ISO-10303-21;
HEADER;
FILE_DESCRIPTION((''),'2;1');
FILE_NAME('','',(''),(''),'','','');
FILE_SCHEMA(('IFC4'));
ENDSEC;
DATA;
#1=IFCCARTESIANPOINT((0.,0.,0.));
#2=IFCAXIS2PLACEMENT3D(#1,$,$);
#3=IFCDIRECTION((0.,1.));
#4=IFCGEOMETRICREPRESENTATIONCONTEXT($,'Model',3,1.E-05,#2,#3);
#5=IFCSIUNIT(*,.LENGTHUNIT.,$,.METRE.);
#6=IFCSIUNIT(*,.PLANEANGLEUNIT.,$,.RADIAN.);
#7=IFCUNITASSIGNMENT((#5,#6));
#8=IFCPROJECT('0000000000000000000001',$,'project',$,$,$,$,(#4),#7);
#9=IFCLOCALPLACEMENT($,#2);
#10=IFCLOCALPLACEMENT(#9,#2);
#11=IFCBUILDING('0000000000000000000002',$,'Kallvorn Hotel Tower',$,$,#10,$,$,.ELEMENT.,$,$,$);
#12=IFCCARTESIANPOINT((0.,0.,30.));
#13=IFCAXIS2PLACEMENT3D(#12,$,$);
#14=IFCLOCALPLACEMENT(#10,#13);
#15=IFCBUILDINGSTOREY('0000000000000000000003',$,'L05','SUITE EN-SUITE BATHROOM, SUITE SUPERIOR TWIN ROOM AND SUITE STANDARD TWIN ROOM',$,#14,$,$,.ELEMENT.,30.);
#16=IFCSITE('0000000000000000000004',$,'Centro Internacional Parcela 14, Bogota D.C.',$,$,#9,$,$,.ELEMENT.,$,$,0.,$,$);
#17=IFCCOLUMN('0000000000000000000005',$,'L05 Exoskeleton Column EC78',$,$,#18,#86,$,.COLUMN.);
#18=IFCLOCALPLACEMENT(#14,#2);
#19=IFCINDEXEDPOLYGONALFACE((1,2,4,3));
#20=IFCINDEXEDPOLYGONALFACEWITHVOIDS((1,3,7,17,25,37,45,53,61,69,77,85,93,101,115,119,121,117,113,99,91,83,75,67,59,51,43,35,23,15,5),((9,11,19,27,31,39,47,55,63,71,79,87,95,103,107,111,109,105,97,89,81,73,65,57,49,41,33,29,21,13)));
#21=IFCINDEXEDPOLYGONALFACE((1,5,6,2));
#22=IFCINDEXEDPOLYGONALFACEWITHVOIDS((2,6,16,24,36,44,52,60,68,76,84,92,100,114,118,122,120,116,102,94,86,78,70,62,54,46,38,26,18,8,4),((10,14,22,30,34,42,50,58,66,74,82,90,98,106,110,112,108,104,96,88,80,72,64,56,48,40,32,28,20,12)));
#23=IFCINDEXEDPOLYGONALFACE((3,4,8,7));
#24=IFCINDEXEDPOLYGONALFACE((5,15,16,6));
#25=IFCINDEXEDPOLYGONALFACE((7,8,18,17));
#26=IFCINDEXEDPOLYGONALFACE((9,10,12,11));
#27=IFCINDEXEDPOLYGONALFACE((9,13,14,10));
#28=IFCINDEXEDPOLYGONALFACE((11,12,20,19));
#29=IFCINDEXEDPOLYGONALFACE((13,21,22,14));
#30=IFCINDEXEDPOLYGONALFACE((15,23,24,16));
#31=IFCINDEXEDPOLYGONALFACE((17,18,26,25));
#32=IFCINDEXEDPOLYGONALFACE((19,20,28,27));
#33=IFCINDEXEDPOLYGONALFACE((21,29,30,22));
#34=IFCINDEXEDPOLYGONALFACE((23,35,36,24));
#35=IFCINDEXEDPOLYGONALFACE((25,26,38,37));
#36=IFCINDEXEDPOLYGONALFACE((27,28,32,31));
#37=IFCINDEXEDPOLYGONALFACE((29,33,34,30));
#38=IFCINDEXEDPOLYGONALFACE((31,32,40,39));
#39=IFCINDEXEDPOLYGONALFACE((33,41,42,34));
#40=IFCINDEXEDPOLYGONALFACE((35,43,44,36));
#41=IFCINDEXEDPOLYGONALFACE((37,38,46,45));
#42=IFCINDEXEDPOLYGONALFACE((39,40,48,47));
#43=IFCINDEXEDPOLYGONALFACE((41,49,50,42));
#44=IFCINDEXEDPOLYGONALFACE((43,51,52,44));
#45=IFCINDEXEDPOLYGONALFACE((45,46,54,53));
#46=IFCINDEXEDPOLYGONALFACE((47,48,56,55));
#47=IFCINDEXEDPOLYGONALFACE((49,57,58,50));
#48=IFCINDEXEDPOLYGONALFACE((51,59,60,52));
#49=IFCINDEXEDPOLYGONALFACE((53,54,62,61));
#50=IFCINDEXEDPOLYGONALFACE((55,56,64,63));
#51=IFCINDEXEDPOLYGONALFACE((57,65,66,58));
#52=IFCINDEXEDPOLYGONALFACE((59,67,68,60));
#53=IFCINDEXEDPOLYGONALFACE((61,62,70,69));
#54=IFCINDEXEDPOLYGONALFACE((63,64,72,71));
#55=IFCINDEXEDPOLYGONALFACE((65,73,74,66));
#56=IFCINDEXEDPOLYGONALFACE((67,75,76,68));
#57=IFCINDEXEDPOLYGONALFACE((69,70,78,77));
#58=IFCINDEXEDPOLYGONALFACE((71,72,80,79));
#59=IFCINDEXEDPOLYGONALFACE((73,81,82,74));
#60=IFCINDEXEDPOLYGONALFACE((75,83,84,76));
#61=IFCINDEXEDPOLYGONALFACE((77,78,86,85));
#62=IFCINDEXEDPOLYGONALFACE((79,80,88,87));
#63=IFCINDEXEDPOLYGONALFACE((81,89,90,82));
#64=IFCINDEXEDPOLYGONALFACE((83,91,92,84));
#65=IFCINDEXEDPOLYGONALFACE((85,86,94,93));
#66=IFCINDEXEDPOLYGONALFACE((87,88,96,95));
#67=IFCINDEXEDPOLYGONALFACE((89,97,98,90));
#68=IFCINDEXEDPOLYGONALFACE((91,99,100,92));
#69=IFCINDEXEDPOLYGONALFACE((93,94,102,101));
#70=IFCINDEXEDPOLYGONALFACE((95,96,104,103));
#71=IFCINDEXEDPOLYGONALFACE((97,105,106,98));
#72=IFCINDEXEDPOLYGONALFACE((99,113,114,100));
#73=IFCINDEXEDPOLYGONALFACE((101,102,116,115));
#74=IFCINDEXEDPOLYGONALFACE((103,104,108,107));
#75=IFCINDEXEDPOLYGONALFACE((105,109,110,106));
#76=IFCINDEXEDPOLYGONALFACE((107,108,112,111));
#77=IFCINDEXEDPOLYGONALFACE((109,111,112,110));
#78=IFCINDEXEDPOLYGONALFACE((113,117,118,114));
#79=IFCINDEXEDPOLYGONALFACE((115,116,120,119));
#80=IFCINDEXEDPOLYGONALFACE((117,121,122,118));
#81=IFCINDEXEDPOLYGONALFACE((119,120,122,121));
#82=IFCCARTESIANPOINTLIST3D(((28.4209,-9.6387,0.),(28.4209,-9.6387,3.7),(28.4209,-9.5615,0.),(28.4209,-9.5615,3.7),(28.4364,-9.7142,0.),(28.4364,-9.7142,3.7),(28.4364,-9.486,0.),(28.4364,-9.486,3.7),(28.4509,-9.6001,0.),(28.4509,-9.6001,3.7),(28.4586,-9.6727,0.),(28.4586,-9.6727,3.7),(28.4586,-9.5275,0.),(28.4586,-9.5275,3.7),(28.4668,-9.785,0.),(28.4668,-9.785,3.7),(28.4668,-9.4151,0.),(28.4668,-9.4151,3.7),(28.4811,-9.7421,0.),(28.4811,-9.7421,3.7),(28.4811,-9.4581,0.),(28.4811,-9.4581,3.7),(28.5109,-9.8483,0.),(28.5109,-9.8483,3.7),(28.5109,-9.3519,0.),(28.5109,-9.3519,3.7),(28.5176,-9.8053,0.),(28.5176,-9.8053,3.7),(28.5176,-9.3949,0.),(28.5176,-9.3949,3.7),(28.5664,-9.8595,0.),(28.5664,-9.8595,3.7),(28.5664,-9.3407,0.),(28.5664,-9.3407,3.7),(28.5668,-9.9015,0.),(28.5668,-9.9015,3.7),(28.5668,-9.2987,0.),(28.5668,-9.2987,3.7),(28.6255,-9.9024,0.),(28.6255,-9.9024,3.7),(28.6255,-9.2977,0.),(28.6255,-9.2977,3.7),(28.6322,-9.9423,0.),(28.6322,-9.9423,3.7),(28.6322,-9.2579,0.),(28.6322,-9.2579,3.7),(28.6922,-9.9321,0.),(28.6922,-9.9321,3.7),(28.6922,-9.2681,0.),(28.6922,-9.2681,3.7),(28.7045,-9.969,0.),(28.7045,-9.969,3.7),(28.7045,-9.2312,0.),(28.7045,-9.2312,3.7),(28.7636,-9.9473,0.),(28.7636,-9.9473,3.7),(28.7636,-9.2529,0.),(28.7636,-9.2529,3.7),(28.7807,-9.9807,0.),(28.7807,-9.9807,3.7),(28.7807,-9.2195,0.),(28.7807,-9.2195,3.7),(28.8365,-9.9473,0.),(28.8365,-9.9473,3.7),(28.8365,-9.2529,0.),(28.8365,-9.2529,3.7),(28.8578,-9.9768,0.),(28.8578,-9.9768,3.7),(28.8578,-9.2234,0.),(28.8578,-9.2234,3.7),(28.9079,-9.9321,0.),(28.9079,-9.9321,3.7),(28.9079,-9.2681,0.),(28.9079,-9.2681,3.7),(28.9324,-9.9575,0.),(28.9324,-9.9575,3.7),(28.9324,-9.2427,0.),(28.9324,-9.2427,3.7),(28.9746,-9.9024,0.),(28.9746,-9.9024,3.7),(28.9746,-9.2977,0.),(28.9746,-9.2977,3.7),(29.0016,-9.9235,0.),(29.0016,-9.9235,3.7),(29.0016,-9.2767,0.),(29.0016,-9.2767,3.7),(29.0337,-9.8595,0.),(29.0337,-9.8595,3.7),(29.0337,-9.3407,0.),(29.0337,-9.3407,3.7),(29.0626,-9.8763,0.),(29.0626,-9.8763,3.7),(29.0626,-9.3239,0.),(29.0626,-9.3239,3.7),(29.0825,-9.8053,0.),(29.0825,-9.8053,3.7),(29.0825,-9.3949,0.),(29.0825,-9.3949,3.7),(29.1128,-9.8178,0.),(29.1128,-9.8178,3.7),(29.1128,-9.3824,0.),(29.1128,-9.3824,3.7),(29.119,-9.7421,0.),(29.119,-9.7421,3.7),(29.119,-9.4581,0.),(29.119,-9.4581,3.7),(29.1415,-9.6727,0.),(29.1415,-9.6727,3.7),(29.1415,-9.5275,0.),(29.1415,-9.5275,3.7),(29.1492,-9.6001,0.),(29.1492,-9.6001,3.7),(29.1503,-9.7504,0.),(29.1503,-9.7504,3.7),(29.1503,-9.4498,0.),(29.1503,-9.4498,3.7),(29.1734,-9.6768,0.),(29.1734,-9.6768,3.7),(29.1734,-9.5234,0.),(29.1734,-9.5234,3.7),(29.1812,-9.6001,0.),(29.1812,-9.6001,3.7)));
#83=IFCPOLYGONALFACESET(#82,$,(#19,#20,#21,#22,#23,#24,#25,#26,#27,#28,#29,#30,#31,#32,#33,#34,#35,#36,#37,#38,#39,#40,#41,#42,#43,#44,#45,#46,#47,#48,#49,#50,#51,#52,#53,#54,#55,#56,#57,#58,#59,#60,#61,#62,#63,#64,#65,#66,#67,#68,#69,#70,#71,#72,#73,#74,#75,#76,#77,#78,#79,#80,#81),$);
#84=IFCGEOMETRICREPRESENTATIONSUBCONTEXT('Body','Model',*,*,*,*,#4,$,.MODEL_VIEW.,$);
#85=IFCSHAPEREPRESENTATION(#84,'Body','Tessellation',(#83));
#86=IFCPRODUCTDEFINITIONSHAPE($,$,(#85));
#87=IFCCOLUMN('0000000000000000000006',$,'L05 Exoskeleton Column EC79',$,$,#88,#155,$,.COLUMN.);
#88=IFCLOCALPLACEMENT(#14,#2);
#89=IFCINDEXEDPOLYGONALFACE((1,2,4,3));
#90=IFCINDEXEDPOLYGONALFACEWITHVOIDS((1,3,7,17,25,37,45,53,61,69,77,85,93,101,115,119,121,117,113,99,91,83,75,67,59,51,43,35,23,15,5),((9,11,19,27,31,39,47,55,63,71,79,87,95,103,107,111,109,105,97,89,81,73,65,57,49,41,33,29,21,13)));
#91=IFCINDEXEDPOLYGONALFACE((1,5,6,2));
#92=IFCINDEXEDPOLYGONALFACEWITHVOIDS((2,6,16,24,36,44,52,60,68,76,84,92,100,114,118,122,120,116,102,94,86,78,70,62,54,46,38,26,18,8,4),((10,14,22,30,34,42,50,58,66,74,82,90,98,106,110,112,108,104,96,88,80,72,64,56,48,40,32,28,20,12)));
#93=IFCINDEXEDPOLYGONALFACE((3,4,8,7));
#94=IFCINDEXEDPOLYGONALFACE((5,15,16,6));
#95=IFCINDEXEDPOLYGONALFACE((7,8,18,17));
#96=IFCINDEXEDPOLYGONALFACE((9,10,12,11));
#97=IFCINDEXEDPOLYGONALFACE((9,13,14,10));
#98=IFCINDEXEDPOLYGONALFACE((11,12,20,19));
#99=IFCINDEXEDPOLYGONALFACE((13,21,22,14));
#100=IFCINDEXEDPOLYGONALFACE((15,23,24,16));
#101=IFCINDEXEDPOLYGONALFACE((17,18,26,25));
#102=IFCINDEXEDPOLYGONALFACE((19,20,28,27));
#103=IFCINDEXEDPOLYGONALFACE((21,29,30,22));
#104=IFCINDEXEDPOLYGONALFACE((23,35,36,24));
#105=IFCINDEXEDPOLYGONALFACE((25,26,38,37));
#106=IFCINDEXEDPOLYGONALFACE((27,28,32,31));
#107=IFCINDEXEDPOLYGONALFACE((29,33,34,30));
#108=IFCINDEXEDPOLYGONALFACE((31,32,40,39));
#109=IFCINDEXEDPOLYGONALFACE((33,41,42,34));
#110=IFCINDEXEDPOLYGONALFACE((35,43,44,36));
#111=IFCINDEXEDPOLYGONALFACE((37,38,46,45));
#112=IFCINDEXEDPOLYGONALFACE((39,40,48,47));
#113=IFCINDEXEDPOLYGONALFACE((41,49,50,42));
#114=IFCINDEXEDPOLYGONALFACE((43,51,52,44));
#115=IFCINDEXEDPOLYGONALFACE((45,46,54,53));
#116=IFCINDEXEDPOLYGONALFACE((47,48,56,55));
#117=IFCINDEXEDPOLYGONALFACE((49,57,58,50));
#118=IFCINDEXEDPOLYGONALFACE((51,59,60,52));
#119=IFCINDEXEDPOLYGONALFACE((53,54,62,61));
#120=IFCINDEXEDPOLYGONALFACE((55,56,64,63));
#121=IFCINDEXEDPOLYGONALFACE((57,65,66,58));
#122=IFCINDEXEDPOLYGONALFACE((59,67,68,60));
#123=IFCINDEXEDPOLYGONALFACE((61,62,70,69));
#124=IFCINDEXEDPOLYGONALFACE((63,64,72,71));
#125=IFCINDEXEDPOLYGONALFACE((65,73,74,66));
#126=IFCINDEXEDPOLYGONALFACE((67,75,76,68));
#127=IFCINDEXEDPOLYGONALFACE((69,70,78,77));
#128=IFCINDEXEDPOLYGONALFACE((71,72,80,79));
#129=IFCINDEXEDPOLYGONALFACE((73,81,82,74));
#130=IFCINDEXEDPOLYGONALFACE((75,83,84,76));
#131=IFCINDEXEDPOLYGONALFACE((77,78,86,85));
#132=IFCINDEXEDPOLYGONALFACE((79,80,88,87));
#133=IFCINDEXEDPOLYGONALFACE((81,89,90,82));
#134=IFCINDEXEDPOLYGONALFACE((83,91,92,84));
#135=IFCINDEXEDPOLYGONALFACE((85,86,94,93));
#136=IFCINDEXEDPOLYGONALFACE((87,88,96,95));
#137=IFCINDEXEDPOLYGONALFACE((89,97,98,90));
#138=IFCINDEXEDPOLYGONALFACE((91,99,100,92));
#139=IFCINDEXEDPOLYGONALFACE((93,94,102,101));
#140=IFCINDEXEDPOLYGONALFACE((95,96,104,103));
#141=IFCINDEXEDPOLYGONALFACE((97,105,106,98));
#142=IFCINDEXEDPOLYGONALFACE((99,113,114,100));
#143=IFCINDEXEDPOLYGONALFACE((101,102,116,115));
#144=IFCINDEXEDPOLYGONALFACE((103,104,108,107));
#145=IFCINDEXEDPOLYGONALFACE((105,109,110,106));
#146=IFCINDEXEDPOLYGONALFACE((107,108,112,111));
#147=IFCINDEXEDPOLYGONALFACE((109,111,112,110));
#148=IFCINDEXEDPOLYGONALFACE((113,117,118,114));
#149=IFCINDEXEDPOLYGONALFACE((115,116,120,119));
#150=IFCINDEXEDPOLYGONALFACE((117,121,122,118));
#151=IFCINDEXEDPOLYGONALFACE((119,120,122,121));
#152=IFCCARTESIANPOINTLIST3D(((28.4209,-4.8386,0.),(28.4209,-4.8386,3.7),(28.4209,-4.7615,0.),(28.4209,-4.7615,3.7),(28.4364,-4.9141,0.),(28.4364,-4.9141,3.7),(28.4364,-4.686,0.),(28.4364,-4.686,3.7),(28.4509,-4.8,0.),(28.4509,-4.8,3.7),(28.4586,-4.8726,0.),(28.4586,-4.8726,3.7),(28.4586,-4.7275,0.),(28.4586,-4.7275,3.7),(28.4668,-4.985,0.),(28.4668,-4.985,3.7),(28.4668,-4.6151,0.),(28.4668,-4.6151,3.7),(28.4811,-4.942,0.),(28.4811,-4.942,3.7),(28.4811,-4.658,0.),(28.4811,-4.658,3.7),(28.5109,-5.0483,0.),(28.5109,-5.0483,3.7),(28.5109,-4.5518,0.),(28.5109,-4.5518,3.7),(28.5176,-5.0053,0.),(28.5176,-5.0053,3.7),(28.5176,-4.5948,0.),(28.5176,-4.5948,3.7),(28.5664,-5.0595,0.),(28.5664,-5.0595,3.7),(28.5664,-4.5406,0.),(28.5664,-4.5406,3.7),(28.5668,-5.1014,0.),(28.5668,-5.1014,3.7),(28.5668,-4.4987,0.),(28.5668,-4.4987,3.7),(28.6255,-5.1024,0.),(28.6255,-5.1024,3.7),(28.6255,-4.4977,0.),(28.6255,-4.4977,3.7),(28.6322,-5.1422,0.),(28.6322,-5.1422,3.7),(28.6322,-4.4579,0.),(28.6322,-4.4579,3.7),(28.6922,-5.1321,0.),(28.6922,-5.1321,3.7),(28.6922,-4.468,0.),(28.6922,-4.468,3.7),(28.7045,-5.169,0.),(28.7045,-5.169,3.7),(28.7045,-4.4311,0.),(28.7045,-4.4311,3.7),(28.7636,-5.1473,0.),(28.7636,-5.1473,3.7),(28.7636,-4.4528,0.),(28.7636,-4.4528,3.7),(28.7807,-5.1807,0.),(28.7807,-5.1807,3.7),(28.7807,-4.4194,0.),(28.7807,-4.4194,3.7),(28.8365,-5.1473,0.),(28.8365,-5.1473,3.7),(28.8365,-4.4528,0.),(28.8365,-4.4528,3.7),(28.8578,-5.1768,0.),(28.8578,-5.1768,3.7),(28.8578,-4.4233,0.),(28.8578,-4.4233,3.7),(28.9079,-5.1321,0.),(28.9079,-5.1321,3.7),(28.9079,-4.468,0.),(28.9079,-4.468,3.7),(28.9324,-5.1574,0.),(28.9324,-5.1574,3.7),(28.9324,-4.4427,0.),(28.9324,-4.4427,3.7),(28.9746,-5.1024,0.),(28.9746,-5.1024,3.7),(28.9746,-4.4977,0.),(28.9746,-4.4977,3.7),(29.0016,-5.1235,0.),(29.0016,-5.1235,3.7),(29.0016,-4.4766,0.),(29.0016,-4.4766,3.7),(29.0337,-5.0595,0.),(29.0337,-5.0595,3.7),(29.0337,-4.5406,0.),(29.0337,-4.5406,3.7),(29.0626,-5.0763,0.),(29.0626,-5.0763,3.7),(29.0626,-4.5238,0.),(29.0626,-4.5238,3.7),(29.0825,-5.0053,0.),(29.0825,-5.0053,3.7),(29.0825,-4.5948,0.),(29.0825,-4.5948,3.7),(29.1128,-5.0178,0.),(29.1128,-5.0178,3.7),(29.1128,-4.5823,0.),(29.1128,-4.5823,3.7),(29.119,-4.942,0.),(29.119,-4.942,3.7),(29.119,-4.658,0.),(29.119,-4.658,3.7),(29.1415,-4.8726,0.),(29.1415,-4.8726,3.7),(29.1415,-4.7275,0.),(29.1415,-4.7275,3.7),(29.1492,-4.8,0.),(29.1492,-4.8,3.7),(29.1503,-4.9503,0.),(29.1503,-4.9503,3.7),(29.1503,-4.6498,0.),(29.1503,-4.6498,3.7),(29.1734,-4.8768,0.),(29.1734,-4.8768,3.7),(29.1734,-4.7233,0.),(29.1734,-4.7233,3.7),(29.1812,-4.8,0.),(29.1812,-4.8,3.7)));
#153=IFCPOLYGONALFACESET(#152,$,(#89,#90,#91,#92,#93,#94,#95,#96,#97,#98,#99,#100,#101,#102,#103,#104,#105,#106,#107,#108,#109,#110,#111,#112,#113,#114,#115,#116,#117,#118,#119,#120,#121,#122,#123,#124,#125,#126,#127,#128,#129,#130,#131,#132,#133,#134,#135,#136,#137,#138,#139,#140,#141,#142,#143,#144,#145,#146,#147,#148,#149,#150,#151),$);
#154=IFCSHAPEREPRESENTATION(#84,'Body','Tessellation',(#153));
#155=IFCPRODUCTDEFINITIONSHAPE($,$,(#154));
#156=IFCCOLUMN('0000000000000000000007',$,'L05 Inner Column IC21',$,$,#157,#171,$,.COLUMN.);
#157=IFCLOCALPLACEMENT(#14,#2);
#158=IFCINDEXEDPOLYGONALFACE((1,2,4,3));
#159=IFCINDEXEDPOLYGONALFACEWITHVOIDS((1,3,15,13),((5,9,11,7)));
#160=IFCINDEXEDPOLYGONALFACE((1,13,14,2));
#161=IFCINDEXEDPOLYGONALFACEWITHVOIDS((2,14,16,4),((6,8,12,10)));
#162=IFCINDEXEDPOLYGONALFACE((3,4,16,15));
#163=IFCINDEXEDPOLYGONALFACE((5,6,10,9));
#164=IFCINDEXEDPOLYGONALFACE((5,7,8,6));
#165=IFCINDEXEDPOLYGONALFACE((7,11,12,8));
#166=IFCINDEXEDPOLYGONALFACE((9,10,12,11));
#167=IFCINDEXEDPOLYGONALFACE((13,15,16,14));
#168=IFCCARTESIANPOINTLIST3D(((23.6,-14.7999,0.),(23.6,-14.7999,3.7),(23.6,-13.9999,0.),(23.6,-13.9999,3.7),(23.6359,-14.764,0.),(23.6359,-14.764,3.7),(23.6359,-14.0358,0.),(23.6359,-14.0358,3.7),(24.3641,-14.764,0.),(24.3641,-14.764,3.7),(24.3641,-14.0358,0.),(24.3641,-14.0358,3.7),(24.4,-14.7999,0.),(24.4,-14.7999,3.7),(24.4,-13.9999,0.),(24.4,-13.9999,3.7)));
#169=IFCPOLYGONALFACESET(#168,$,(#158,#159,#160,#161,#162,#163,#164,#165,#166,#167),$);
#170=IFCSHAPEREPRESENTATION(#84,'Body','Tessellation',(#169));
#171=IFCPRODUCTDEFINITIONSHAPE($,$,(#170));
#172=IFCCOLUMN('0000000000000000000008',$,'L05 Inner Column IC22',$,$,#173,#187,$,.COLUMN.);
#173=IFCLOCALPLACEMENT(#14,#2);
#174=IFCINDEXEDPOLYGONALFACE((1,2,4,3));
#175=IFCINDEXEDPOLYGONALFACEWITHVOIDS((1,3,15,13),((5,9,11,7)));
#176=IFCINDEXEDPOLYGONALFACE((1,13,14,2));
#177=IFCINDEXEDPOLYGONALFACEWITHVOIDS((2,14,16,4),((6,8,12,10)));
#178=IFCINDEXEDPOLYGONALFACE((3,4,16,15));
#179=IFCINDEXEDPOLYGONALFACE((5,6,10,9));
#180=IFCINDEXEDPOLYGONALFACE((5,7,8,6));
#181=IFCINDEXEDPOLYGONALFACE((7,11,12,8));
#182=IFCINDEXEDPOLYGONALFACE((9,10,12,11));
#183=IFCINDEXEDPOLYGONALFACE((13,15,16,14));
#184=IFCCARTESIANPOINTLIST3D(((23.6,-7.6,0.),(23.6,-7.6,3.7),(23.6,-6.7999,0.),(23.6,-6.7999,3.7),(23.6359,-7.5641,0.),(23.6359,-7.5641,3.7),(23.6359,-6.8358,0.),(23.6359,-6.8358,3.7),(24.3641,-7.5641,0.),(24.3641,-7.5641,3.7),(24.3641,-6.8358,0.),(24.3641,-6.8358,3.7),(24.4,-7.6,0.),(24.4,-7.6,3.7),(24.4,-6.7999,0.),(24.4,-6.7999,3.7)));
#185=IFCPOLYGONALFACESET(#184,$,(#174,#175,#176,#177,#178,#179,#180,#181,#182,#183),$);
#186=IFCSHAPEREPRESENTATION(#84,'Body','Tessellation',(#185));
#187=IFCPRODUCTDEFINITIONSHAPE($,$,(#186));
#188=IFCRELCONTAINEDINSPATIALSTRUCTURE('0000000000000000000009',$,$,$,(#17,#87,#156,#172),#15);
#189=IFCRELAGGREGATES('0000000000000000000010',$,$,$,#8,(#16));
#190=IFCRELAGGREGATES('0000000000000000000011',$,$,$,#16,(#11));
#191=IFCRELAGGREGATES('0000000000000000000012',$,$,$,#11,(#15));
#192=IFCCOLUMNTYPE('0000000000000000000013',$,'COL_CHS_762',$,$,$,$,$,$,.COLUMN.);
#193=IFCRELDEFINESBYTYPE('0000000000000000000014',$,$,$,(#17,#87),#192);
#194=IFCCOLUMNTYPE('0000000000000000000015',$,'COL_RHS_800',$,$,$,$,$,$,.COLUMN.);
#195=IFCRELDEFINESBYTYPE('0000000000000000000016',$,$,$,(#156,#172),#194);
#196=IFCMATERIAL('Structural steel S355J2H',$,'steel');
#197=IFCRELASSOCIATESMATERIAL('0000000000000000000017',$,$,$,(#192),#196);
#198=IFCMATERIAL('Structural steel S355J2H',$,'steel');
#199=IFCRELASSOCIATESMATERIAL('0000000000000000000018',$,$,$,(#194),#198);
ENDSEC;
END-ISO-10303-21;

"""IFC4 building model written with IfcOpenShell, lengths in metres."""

from ifc_helpers import new_model, si_unit, direction, frame, origin, origin_2d, place, context, subcontext, project, spatial, hollow_rectangle, hollow_circle, extrude, material, material_profile, profile_set, type_object, element, save


model = new_model("IFC4")

# Units and contexts
model_context = context("Model", 3, precision=1e-05, world=origin(), true_north=direction((0.0, 1.0)))
body_context = subcontext(model_context, "Body", "Model", "MODEL_VIEW")
ifc_project = project(units=[si_unit("LENGTHUNIT", "METRE"), si_unit("PLANEANGLEUNIT", "RADIAN")], contexts=[model_context])

# Site, building, storey
site_placement = place(None, origin())
site = spatial("IfcSite", under=ifc_project, at=site_placement, Name="Centro Internacional Parcela 14, Bogota D.C.", CompositionType="ELEMENT", RefElevation=0.0)
building_placement = place(site_placement, origin())
building = spatial("IfcBuilding", under=site, at=building_placement, Name="Kallvorn Hotel Tower", CompositionType="ELEMENT")
storey_placement = place(building_placement, frame((0.0, 0.0, 30.0)))
storey = spatial("IfcBuildingStorey", under=building, at=storey_placement, Name="L05", Description="SUITE EN-SUITE BATHROOM, SUITE SUPERIOR TWIN ROOM AND SUITE STANDARD TWIN ROOM", CompositionType="ELEMENT", Elevation=30.0)

# Columns
ifc_material_1 = material(Name="Structural steel S355J2H", Category="steel")
ifc_material_profile_1 = material_profile(ifc_material_1, hollow_circle(Radius=0.3811, WallThickness=0.032, at=origin_2d()), Name="CHS 762x32")
ifc_profile_set_1 = profile_set([ifc_material_profile_1], Name="Structural steel S355J2H")
column_type_1 = type_object("IfcColumnType", Name="COL_CHS_762", PredefinedType="COLUMN", material=ifc_profile_set_1)
for number, where, z_axis, x_axis, name in (
    (1, (28.8, -9.6001, 0.0), (0.0, 0.0, 1.0), (1.0, 0.0, 0.0), "L05 Exoskeleton Column EC78"),
    (2, (28.8, -4.8, 0.0), (0.0, 0.0, 1.0), (1.0, 0.0, 0.0), "L05 Exoskeleton Column EC79"),
):
    element("IfcColumn", number, at=place(storey_placement, frame(where, z_axis=z_axis, x_axis=x_axis)), inside=storey, type_object=column_type_1, Name=name, PredefinedType="COLUMN", context=body_context, shape_type="SweptSolid", body=[
        extrude(hollow_circle(Radius=0.3811, WallThickness=0.032, at=origin_2d()), origin(), (0.0, 0.0, 1.0), 3.7),
    ])
ifc_material_2 = material(Name="Structural steel S355J2H", Category="steel")
ifc_material_profile_2 = material_profile(ifc_material_2, hollow_rectangle(XDim=0.8, YDim=0.8, WallThickness=0.0359, at=origin_2d()), Name="RHS 800x800x36")
ifc_profile_set_2 = profile_set([ifc_material_profile_2], Name="Structural steel S355J2H")
column_type_2 = type_object("IfcColumnType", Name="COL_RHS_800", PredefinedType="COLUMN", material=ifc_profile_set_2)
for number, where, z_axis, x_axis, name in (
    (3, (24.0, -14.3999, 0.0), (0.0, 0.0, 1.0), (1.0, 0.0, 0.0), "L05 Inner Column IC21"),
    (4, (24.0, -7.2, 0.0), (0.0, 0.0, 1.0), (1.0, 0.0, 0.0), "L05 Inner Column IC22"),
):
    element("IfcColumn", number, at=place(storey_placement, frame(where, z_axis=z_axis, x_axis=x_axis)), inside=storey, type_object=column_type_2, Name=name, PredefinedType="COLUMN", context=body_context, shape_type="SweptSolid", body=[
        extrude(hollow_rectangle(XDim=0.8, YDim=0.8, WallThickness=0.0359, at=origin_2d()), origin(), (0.0, 0.0, 1.0), 3.7),
    ])

save(model, "model.ifc")
